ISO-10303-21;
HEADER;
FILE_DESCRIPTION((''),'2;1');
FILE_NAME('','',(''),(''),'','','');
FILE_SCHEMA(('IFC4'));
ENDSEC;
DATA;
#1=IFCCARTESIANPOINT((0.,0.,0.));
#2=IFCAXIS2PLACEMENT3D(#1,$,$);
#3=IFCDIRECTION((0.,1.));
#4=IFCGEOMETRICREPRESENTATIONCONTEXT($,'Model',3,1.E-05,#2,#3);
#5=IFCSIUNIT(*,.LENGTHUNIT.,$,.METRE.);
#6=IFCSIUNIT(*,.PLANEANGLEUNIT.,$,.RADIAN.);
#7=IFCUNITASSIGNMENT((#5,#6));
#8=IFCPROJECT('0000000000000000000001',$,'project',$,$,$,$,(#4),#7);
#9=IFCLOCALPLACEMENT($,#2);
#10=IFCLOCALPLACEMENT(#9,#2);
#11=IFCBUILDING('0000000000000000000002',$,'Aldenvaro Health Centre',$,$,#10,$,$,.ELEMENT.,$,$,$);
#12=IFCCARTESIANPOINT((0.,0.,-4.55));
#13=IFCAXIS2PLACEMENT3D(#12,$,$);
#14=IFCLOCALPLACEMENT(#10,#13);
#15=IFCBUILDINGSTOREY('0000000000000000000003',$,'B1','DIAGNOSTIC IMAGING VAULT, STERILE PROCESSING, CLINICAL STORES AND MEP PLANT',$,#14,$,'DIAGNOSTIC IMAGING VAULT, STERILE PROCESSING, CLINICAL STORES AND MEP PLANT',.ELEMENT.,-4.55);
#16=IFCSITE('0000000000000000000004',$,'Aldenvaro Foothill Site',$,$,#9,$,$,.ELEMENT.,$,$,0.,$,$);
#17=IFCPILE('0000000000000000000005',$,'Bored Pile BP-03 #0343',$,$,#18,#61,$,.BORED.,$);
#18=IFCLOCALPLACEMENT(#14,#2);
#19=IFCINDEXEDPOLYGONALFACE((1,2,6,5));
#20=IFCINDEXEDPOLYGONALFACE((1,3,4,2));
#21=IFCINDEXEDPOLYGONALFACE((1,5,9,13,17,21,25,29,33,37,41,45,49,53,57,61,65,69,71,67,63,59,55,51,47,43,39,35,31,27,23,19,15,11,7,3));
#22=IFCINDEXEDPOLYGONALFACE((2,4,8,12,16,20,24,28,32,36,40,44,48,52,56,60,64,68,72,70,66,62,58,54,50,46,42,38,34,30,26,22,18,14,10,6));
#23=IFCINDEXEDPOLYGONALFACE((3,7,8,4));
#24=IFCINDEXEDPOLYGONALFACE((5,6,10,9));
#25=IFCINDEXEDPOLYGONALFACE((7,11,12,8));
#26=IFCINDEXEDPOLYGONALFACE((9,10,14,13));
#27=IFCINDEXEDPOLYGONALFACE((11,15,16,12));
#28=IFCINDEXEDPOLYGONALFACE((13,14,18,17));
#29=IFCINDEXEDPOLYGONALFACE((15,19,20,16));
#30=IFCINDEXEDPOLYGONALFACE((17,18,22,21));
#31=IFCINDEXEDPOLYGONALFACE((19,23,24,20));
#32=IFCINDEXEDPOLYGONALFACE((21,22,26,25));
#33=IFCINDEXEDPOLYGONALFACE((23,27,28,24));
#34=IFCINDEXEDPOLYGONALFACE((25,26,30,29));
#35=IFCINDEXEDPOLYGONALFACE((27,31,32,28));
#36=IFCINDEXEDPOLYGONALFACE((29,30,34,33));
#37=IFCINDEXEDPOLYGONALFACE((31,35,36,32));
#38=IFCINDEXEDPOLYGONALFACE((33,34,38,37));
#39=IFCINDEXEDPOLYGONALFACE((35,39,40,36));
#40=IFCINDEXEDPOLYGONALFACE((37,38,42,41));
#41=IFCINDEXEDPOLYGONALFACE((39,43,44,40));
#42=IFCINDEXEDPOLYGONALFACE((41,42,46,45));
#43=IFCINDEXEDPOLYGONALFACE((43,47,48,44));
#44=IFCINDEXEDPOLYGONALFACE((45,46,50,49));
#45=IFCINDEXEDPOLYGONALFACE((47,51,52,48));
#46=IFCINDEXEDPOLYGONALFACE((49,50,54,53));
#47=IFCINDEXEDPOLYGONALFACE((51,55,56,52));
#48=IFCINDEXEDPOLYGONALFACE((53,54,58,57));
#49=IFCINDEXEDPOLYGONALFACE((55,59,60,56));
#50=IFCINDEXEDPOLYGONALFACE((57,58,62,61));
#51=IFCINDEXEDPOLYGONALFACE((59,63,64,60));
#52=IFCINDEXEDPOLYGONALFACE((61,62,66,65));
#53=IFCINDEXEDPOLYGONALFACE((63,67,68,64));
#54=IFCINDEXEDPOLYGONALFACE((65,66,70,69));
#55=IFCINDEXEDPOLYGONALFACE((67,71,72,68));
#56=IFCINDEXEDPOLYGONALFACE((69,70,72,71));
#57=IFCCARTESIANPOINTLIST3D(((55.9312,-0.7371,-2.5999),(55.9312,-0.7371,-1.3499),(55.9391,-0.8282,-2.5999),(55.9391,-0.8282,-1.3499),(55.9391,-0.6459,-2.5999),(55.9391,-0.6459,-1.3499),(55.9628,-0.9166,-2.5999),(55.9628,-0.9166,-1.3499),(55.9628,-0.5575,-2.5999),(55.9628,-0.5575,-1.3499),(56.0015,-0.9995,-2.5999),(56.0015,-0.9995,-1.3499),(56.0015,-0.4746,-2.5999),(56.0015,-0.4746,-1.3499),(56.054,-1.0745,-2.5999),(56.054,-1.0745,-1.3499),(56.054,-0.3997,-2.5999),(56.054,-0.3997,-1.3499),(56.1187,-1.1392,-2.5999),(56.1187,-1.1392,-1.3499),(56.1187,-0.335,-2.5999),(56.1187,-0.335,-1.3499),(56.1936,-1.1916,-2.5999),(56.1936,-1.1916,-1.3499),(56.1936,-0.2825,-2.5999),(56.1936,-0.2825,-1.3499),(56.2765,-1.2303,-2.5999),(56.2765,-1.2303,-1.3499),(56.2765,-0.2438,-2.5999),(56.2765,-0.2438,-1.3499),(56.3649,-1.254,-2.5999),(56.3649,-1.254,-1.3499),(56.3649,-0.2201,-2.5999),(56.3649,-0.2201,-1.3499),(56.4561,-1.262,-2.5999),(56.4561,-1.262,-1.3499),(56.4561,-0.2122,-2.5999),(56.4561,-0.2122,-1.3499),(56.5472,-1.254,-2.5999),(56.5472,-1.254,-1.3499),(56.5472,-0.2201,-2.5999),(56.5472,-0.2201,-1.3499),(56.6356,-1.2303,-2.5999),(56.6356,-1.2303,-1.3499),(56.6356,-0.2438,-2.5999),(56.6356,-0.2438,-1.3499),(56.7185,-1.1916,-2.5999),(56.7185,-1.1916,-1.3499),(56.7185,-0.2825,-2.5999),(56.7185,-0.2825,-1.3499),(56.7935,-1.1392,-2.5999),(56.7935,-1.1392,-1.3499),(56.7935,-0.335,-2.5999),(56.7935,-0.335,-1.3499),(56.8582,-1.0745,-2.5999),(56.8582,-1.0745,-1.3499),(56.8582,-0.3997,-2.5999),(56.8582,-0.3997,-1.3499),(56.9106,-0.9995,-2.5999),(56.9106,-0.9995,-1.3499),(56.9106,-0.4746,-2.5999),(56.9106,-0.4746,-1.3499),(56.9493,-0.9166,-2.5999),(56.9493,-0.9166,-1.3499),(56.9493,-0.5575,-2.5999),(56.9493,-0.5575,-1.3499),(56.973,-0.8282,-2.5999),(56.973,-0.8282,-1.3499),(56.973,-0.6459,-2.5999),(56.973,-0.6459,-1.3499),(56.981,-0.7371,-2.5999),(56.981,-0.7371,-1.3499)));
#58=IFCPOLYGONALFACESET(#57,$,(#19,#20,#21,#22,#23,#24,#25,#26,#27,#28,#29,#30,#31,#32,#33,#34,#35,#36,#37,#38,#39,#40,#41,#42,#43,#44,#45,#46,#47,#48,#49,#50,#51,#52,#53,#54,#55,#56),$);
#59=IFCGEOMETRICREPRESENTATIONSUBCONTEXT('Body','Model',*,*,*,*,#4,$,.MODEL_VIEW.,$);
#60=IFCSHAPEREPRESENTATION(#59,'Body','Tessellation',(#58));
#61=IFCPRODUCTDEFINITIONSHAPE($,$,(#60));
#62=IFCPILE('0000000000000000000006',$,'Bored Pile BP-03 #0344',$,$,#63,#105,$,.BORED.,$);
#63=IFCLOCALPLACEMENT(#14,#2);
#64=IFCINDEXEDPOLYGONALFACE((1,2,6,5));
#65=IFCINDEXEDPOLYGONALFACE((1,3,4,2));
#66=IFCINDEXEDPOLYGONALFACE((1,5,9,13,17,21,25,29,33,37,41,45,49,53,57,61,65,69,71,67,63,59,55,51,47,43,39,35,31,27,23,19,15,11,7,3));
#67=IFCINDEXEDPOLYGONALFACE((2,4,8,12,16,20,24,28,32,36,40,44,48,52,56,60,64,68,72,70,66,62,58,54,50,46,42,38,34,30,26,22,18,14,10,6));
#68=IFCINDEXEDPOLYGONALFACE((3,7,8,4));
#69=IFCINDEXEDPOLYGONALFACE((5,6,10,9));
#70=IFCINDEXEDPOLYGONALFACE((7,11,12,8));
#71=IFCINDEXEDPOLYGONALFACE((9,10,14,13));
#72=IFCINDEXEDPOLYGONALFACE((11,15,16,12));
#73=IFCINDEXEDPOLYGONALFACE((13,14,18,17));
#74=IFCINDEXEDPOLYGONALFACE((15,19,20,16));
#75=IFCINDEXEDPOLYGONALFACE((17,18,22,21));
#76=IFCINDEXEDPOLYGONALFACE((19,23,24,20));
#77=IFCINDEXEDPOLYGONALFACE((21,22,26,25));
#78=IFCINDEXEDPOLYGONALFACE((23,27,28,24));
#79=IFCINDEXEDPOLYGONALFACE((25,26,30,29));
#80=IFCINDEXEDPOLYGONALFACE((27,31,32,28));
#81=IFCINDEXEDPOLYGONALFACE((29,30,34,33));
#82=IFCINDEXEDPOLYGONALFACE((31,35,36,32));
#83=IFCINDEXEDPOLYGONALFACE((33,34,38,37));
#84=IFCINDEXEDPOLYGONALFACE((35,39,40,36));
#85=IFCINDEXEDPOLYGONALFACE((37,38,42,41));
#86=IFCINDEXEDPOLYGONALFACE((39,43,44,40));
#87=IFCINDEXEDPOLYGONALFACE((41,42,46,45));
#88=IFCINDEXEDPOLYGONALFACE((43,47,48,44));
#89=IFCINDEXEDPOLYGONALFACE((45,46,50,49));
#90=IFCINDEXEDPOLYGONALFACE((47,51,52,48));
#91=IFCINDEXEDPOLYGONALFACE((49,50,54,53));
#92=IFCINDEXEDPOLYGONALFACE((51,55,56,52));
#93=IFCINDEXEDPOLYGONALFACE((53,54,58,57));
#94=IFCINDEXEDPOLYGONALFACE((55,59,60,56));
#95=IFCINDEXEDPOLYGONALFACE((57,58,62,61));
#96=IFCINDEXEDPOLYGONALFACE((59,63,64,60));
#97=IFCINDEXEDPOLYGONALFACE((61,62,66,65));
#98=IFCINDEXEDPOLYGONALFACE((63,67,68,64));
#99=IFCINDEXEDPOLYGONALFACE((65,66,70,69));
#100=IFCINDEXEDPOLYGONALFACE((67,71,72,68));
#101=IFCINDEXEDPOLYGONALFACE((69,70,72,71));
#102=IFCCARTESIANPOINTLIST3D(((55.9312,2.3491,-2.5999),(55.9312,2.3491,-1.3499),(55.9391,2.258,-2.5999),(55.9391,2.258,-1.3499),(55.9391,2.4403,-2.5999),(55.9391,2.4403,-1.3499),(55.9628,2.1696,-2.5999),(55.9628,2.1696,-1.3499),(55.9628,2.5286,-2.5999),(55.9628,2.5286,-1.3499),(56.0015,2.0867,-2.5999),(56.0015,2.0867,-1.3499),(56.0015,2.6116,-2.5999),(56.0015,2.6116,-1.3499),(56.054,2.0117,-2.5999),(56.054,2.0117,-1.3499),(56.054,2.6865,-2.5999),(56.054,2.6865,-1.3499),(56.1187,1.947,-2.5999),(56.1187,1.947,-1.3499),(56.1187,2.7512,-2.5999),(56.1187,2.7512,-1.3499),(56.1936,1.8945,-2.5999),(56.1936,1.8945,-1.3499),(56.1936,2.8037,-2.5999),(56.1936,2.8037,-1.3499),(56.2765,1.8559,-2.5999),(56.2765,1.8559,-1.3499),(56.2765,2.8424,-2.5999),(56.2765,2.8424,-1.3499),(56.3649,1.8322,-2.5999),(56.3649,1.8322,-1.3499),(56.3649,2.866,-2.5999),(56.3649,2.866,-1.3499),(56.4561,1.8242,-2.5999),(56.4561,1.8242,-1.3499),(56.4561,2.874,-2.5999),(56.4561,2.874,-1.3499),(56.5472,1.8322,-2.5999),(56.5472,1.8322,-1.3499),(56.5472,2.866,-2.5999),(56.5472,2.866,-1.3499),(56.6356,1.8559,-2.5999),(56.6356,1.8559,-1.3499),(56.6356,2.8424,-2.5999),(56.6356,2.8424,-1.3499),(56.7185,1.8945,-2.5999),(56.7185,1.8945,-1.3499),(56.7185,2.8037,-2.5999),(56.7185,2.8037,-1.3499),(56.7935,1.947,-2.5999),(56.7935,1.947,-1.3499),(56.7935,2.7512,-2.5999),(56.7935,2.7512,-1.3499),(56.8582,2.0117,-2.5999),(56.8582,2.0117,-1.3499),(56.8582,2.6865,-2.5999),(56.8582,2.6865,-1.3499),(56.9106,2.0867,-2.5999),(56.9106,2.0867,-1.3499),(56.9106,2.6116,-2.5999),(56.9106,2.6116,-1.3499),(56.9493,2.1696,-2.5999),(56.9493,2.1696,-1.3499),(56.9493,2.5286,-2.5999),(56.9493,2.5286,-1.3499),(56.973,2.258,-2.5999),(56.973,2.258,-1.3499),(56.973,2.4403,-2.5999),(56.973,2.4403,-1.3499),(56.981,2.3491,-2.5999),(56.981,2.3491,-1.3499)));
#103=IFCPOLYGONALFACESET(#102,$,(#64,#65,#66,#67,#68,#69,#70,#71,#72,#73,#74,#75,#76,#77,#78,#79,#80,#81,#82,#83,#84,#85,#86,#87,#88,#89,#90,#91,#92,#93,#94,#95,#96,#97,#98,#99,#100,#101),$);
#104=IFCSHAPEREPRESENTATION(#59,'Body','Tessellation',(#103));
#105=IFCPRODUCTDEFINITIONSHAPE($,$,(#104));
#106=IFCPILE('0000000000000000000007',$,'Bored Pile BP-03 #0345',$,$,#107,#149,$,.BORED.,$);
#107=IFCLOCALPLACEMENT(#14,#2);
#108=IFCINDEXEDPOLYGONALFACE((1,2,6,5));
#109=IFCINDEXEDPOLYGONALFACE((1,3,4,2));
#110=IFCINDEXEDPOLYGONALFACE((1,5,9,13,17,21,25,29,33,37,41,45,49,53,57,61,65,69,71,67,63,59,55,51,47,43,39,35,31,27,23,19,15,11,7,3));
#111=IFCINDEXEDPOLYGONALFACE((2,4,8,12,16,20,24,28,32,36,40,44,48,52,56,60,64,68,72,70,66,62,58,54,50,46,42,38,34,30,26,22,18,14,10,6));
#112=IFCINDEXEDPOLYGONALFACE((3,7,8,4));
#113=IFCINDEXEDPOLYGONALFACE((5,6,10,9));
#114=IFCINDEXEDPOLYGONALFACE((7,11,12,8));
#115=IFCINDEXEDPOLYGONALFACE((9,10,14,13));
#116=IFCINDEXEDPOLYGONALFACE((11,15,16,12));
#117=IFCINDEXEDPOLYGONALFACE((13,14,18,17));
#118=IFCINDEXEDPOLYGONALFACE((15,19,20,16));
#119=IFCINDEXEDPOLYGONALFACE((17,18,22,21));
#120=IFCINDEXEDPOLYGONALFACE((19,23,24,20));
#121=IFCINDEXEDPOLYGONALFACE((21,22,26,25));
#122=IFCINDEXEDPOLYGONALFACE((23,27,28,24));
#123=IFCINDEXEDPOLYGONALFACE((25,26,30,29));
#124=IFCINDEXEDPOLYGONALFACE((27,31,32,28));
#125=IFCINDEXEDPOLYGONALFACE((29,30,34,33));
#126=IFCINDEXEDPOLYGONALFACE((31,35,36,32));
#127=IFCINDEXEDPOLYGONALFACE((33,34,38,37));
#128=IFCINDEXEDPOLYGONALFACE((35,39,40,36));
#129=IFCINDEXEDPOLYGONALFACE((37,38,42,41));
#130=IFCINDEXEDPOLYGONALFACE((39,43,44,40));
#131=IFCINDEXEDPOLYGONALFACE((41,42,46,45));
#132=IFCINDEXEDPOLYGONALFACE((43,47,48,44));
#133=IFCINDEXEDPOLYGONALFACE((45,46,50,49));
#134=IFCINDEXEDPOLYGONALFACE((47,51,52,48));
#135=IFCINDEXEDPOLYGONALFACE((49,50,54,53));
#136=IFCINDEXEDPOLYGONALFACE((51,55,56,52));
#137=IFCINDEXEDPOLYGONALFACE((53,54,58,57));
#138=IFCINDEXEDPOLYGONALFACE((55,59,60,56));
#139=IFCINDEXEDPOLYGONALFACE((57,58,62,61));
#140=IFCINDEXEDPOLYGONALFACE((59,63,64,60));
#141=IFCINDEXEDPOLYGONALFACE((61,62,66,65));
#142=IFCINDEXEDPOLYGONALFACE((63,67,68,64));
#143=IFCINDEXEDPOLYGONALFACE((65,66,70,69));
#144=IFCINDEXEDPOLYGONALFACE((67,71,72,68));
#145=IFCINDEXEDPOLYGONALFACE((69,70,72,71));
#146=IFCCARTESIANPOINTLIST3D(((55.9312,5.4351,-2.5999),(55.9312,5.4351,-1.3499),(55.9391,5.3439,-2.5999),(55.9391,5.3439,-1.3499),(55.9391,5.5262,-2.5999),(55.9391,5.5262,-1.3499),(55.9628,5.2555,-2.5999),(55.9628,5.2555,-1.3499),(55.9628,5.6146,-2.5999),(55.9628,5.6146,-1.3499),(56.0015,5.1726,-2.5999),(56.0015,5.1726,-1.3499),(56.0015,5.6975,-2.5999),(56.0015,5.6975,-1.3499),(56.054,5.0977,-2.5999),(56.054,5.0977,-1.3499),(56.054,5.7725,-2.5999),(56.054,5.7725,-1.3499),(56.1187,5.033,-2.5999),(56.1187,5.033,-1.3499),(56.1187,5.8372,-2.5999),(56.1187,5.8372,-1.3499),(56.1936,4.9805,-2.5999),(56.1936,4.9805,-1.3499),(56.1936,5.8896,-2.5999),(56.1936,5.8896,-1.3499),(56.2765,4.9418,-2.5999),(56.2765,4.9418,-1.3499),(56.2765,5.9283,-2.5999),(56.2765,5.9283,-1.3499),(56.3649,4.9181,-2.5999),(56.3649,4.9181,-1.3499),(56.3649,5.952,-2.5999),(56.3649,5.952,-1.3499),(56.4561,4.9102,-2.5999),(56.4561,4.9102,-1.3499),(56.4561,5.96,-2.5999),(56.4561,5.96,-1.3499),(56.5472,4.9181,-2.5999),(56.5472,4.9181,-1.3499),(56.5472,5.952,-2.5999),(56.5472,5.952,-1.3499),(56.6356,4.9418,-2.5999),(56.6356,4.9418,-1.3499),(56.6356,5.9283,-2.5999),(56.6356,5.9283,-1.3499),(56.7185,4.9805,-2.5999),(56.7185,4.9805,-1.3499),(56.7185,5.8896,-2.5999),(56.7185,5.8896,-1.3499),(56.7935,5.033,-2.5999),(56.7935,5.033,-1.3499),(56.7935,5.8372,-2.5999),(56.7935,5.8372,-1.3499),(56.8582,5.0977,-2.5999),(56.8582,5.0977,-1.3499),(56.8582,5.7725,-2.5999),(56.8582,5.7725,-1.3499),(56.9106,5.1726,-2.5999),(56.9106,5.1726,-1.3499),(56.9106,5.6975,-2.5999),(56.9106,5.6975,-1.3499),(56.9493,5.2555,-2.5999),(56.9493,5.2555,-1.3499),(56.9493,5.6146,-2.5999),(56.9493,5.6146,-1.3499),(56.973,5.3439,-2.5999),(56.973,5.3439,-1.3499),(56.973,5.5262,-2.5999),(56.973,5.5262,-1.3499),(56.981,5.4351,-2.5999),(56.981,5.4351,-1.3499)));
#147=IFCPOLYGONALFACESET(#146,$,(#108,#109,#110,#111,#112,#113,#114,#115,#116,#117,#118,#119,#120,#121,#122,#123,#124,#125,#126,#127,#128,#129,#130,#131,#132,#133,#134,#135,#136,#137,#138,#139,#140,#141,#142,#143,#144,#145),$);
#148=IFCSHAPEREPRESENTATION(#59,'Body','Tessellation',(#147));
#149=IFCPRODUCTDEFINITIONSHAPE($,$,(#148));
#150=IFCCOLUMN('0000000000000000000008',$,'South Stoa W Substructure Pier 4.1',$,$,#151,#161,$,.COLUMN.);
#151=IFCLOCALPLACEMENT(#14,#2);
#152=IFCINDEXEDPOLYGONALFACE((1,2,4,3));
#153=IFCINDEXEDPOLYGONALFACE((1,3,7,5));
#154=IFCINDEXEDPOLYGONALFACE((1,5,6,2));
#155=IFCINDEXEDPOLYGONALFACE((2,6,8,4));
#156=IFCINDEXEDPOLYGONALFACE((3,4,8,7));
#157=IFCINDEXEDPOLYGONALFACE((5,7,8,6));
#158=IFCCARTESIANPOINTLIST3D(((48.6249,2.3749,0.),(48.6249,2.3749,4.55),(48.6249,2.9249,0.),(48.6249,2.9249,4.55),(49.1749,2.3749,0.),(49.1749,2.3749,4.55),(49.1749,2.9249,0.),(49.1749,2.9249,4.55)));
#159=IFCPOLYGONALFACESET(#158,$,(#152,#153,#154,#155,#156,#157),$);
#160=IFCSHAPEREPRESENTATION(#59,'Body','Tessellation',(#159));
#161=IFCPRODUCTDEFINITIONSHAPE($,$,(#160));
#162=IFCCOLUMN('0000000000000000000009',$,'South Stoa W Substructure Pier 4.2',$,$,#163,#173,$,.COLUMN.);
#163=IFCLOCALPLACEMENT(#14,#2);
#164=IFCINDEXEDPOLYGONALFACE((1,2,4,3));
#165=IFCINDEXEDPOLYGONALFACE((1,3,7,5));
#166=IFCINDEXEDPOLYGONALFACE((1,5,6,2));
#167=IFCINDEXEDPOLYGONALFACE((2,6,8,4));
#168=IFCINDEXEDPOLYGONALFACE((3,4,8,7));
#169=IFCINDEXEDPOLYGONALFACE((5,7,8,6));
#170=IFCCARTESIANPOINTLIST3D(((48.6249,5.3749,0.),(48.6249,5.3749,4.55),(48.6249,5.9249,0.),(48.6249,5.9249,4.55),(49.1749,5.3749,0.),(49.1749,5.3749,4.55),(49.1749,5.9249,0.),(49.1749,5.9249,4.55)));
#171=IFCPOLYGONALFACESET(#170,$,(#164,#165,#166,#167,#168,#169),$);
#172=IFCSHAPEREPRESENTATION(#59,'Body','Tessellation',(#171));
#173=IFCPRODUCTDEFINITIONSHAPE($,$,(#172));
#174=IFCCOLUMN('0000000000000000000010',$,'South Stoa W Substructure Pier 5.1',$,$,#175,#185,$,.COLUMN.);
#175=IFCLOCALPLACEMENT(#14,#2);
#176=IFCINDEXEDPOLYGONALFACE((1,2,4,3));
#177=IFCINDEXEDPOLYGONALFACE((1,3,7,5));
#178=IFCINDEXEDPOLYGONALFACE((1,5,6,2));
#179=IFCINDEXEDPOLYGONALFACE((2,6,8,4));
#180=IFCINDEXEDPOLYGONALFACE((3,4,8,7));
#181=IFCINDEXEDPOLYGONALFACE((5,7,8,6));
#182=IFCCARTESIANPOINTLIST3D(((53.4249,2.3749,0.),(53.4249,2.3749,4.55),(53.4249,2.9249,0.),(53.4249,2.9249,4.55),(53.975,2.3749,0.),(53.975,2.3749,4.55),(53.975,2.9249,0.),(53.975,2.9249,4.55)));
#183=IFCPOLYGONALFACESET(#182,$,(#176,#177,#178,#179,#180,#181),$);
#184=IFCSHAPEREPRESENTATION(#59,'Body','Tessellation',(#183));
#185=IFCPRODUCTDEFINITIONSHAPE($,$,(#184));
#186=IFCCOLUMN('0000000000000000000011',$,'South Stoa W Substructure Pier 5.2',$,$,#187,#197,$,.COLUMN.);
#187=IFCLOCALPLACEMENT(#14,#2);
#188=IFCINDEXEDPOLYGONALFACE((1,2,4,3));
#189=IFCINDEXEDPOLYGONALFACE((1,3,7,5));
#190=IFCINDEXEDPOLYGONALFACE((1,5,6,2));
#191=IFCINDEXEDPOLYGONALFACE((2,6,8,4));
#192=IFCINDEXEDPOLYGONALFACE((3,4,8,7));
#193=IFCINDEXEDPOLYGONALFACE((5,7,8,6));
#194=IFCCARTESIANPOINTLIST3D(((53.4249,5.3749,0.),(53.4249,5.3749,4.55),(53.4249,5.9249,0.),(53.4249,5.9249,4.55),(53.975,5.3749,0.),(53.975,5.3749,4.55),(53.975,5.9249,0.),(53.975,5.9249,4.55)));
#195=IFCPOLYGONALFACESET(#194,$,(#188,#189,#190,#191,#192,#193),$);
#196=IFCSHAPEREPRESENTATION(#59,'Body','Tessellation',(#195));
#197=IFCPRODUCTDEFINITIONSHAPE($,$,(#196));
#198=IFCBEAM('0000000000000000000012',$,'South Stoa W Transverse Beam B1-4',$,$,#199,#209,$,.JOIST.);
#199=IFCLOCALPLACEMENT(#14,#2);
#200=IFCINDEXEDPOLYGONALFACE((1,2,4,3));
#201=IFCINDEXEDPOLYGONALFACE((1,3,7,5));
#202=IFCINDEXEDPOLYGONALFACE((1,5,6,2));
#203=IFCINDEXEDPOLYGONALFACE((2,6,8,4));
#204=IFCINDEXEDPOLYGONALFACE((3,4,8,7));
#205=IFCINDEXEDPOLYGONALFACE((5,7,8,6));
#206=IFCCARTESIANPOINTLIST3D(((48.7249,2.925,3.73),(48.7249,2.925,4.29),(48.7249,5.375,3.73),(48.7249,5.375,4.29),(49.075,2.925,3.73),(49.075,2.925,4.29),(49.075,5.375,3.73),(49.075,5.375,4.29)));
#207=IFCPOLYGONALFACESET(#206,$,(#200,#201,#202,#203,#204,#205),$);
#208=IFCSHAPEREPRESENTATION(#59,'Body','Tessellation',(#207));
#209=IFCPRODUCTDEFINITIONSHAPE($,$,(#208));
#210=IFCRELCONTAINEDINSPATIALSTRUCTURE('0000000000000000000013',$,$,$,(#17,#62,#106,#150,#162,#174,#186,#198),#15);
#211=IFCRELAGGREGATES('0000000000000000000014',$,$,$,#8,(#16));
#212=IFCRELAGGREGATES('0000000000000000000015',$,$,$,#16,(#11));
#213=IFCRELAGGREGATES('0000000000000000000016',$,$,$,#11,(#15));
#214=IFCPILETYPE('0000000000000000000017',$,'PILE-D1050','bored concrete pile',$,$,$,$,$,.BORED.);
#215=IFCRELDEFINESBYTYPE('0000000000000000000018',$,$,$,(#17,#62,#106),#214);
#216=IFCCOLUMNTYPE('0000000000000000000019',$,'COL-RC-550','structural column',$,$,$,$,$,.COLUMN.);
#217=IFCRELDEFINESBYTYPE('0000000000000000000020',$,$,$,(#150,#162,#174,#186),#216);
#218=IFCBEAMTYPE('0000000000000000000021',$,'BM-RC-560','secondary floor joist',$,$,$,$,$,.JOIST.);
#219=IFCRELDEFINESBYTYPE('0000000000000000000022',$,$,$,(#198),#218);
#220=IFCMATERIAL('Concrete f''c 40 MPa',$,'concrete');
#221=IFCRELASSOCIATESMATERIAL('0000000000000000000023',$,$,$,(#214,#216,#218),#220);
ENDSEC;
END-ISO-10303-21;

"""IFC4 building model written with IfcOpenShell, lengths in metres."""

from ifc_helpers import new_model, si_unit, direction, frame, origin, origin_2d, place, context, subcontext, project, spatial, rectangle, circle, extrude, material, material_profile, profile_set, type_object, element, save


model = new_model("IFC4")

# Units and contexts
model_context = context("Model", 3, precision=1e-05, world=origin(), true_north=direction((0.0, 1.0)))
body_context = subcontext(model_context, "Body", "Model", "MODEL_VIEW")
ifc_project = project(units=[si_unit("LENGTHUNIT", "METRE"), si_unit("PLANEANGLEUNIT", "RADIAN")], contexts=[model_context])

# Site, building, storey
site_placement = place(None, origin())
site = spatial("IfcSite", under=ifc_project, at=site_placement, Name="Aldenvaro Foothill Site", CompositionType="ELEMENT", RefElevation=0.0)
building_placement = place(site_placement, origin())
building = spatial("IfcBuilding", under=site, at=building_placement, Name="Aldenvaro Health Centre", CompositionType="ELEMENT")
storey_placement = place(building_placement, frame((0.0, 0.0, -4.55)))
storey = spatial("IfcBuildingStorey", under=building, at=storey_placement, Name="B1", Description="DIAGNOSTIC IMAGING VAULT, STERILE PROCESSING, CLINICAL STORES AND MEP PLANT", LongName="DIAGNOSTIC IMAGING VAULT, STERILE PROCESSING, CLINICAL STORES AND MEP PLANT", CompositionType="ELEMENT", Elevation=-4.55)

# Piles
ifc_material = material(Name="Concrete f'c 40 MPa", Category="concrete")
ifc_material_profile_1 = material_profile(ifc_material, circle(Radius=0.5249, at=origin_2d()), Name="PILE D1050", Category="concrete")
ifc_profile_set_1 = profile_set([ifc_material_profile_1], Name="Concrete f'c 40 MPa")
pile_type = type_object("IfcPileType", Name="PILE-D1050", Description="bored concrete pile", PredefinedType="BORED", material=ifc_profile_set_1)
for number, where, z_axis, x_axis, name in (
    (1, (56.4561, -0.7371, -1.3499), (0.0, 0.0, -1.0), (1.0, 0.0, 0.0), "Bored Pile BP-03 #0343"),
    (2, (56.4561, 2.3491, -1.3499), (0.0, 0.0, -1.0), (1.0, 0.0, 0.0), "Bored Pile BP-03 #0344"),
    (3, (56.4561, 5.4351, -1.3499), (0.0, 0.0, -1.0), (1.0, 0.0, 0.0), "Bored Pile BP-03 #0345"),
):
    element("IfcPile", number, at=place(storey_placement, frame(where, z_axis=z_axis, x_axis=x_axis)), inside=storey, type_object=pile_type, Name=name, PredefinedType="BORED", context=body_context, shape_type="SweptSolid", body=[
        extrude(circle(Radius=0.5249, at=origin_2d()), origin(), (0.0, 0.0, 1.0), 1.25),
    ])

# Columns
ifc_material_profile_2 = material_profile(ifc_material, rectangle(XDim=0.55, YDim=0.55, at=origin_2d()), Name="RC 550x550", Category="concrete")
ifc_profile_set_2 = profile_set([ifc_material_profile_2], Name="Concrete f'c 40 MPa")
column_type = type_object("IfcColumnType", Name="COL-RC-550", Description="structural column", PredefinedType="COLUMN", material=ifc_profile_set_2)
for number, where, z_axis, x_axis, name in (
    (4, (48.8999, 2.6499, 0.0), (0.0, 0.0, 1.0), (1.0, 0.0, 0.0), "South Stoa W Substructure Pier 4.1"),
    (5, (48.8999, 5.6499, 0.0), (0.0, 0.0, 1.0), (1.0, 0.0, 0.0), "South Stoa W Substructure Pier 4.2"),
    (6, (53.7, 2.6499, 0.0), (0.0, 0.0, 1.0), (1.0, 0.0, 0.0), "South Stoa W Substructure Pier 5.1"),
    (7, (53.7, 5.6499, 0.0), (0.0, 0.0, 1.0), (1.0, 0.0, 0.0), "South Stoa W Substructure Pier 5.2"),
):
    element("IfcColumn", number, at=place(storey_placement, frame(where, z_axis=z_axis, x_axis=x_axis)), inside=storey, type_object=column_type, Name=name, PredefinedType="COLUMN", context=body_context, shape_type="SweptSolid", body=[
        extrude(rectangle(XDim=0.55, YDim=0.55, at=origin_2d()), origin(), (0.0, 0.0, 1.0), 4.55),
    ])

# Beam
ifc_material_profile_3 = material_profile(ifc_material, rectangle(XDim=0.3501, YDim=0.5601, at=origin_2d()), Name="RC 350x560", Category="concrete")
ifc_profile_set_3 = profile_set([ifc_material_profile_3], Name="Concrete f'c 40 MPa")
beam_type_1 = type_object("IfcBeamType", Name="BM-RC-560", Description="secondary floor joist", PredefinedType="JOIST", material=ifc_profile_set_3)
for number, where, z_axis, x_axis, name in (
    (8, (48.8999, 2.925, 4.01), (0.0, 1.0, 0.0), (-1.0, 0.0, 0.0), "South Stoa W Transverse Beam B1-4"),
):
    element("IfcBeam", number, at=place(storey_placement, frame(where, z_axis=z_axis, x_axis=x_axis)), inside=storey, type_object=beam_type_1, Name=name, PredefinedType="JOIST", context=body_context, shape_type="SweptSolid", body=[
        extrude(rectangle(XDim=0.3501, YDim=0.5601, at=origin_2d()), origin(), (0.0, 0.0, 1.0), 2.45),
    ])

save(model, "model.ifc")
